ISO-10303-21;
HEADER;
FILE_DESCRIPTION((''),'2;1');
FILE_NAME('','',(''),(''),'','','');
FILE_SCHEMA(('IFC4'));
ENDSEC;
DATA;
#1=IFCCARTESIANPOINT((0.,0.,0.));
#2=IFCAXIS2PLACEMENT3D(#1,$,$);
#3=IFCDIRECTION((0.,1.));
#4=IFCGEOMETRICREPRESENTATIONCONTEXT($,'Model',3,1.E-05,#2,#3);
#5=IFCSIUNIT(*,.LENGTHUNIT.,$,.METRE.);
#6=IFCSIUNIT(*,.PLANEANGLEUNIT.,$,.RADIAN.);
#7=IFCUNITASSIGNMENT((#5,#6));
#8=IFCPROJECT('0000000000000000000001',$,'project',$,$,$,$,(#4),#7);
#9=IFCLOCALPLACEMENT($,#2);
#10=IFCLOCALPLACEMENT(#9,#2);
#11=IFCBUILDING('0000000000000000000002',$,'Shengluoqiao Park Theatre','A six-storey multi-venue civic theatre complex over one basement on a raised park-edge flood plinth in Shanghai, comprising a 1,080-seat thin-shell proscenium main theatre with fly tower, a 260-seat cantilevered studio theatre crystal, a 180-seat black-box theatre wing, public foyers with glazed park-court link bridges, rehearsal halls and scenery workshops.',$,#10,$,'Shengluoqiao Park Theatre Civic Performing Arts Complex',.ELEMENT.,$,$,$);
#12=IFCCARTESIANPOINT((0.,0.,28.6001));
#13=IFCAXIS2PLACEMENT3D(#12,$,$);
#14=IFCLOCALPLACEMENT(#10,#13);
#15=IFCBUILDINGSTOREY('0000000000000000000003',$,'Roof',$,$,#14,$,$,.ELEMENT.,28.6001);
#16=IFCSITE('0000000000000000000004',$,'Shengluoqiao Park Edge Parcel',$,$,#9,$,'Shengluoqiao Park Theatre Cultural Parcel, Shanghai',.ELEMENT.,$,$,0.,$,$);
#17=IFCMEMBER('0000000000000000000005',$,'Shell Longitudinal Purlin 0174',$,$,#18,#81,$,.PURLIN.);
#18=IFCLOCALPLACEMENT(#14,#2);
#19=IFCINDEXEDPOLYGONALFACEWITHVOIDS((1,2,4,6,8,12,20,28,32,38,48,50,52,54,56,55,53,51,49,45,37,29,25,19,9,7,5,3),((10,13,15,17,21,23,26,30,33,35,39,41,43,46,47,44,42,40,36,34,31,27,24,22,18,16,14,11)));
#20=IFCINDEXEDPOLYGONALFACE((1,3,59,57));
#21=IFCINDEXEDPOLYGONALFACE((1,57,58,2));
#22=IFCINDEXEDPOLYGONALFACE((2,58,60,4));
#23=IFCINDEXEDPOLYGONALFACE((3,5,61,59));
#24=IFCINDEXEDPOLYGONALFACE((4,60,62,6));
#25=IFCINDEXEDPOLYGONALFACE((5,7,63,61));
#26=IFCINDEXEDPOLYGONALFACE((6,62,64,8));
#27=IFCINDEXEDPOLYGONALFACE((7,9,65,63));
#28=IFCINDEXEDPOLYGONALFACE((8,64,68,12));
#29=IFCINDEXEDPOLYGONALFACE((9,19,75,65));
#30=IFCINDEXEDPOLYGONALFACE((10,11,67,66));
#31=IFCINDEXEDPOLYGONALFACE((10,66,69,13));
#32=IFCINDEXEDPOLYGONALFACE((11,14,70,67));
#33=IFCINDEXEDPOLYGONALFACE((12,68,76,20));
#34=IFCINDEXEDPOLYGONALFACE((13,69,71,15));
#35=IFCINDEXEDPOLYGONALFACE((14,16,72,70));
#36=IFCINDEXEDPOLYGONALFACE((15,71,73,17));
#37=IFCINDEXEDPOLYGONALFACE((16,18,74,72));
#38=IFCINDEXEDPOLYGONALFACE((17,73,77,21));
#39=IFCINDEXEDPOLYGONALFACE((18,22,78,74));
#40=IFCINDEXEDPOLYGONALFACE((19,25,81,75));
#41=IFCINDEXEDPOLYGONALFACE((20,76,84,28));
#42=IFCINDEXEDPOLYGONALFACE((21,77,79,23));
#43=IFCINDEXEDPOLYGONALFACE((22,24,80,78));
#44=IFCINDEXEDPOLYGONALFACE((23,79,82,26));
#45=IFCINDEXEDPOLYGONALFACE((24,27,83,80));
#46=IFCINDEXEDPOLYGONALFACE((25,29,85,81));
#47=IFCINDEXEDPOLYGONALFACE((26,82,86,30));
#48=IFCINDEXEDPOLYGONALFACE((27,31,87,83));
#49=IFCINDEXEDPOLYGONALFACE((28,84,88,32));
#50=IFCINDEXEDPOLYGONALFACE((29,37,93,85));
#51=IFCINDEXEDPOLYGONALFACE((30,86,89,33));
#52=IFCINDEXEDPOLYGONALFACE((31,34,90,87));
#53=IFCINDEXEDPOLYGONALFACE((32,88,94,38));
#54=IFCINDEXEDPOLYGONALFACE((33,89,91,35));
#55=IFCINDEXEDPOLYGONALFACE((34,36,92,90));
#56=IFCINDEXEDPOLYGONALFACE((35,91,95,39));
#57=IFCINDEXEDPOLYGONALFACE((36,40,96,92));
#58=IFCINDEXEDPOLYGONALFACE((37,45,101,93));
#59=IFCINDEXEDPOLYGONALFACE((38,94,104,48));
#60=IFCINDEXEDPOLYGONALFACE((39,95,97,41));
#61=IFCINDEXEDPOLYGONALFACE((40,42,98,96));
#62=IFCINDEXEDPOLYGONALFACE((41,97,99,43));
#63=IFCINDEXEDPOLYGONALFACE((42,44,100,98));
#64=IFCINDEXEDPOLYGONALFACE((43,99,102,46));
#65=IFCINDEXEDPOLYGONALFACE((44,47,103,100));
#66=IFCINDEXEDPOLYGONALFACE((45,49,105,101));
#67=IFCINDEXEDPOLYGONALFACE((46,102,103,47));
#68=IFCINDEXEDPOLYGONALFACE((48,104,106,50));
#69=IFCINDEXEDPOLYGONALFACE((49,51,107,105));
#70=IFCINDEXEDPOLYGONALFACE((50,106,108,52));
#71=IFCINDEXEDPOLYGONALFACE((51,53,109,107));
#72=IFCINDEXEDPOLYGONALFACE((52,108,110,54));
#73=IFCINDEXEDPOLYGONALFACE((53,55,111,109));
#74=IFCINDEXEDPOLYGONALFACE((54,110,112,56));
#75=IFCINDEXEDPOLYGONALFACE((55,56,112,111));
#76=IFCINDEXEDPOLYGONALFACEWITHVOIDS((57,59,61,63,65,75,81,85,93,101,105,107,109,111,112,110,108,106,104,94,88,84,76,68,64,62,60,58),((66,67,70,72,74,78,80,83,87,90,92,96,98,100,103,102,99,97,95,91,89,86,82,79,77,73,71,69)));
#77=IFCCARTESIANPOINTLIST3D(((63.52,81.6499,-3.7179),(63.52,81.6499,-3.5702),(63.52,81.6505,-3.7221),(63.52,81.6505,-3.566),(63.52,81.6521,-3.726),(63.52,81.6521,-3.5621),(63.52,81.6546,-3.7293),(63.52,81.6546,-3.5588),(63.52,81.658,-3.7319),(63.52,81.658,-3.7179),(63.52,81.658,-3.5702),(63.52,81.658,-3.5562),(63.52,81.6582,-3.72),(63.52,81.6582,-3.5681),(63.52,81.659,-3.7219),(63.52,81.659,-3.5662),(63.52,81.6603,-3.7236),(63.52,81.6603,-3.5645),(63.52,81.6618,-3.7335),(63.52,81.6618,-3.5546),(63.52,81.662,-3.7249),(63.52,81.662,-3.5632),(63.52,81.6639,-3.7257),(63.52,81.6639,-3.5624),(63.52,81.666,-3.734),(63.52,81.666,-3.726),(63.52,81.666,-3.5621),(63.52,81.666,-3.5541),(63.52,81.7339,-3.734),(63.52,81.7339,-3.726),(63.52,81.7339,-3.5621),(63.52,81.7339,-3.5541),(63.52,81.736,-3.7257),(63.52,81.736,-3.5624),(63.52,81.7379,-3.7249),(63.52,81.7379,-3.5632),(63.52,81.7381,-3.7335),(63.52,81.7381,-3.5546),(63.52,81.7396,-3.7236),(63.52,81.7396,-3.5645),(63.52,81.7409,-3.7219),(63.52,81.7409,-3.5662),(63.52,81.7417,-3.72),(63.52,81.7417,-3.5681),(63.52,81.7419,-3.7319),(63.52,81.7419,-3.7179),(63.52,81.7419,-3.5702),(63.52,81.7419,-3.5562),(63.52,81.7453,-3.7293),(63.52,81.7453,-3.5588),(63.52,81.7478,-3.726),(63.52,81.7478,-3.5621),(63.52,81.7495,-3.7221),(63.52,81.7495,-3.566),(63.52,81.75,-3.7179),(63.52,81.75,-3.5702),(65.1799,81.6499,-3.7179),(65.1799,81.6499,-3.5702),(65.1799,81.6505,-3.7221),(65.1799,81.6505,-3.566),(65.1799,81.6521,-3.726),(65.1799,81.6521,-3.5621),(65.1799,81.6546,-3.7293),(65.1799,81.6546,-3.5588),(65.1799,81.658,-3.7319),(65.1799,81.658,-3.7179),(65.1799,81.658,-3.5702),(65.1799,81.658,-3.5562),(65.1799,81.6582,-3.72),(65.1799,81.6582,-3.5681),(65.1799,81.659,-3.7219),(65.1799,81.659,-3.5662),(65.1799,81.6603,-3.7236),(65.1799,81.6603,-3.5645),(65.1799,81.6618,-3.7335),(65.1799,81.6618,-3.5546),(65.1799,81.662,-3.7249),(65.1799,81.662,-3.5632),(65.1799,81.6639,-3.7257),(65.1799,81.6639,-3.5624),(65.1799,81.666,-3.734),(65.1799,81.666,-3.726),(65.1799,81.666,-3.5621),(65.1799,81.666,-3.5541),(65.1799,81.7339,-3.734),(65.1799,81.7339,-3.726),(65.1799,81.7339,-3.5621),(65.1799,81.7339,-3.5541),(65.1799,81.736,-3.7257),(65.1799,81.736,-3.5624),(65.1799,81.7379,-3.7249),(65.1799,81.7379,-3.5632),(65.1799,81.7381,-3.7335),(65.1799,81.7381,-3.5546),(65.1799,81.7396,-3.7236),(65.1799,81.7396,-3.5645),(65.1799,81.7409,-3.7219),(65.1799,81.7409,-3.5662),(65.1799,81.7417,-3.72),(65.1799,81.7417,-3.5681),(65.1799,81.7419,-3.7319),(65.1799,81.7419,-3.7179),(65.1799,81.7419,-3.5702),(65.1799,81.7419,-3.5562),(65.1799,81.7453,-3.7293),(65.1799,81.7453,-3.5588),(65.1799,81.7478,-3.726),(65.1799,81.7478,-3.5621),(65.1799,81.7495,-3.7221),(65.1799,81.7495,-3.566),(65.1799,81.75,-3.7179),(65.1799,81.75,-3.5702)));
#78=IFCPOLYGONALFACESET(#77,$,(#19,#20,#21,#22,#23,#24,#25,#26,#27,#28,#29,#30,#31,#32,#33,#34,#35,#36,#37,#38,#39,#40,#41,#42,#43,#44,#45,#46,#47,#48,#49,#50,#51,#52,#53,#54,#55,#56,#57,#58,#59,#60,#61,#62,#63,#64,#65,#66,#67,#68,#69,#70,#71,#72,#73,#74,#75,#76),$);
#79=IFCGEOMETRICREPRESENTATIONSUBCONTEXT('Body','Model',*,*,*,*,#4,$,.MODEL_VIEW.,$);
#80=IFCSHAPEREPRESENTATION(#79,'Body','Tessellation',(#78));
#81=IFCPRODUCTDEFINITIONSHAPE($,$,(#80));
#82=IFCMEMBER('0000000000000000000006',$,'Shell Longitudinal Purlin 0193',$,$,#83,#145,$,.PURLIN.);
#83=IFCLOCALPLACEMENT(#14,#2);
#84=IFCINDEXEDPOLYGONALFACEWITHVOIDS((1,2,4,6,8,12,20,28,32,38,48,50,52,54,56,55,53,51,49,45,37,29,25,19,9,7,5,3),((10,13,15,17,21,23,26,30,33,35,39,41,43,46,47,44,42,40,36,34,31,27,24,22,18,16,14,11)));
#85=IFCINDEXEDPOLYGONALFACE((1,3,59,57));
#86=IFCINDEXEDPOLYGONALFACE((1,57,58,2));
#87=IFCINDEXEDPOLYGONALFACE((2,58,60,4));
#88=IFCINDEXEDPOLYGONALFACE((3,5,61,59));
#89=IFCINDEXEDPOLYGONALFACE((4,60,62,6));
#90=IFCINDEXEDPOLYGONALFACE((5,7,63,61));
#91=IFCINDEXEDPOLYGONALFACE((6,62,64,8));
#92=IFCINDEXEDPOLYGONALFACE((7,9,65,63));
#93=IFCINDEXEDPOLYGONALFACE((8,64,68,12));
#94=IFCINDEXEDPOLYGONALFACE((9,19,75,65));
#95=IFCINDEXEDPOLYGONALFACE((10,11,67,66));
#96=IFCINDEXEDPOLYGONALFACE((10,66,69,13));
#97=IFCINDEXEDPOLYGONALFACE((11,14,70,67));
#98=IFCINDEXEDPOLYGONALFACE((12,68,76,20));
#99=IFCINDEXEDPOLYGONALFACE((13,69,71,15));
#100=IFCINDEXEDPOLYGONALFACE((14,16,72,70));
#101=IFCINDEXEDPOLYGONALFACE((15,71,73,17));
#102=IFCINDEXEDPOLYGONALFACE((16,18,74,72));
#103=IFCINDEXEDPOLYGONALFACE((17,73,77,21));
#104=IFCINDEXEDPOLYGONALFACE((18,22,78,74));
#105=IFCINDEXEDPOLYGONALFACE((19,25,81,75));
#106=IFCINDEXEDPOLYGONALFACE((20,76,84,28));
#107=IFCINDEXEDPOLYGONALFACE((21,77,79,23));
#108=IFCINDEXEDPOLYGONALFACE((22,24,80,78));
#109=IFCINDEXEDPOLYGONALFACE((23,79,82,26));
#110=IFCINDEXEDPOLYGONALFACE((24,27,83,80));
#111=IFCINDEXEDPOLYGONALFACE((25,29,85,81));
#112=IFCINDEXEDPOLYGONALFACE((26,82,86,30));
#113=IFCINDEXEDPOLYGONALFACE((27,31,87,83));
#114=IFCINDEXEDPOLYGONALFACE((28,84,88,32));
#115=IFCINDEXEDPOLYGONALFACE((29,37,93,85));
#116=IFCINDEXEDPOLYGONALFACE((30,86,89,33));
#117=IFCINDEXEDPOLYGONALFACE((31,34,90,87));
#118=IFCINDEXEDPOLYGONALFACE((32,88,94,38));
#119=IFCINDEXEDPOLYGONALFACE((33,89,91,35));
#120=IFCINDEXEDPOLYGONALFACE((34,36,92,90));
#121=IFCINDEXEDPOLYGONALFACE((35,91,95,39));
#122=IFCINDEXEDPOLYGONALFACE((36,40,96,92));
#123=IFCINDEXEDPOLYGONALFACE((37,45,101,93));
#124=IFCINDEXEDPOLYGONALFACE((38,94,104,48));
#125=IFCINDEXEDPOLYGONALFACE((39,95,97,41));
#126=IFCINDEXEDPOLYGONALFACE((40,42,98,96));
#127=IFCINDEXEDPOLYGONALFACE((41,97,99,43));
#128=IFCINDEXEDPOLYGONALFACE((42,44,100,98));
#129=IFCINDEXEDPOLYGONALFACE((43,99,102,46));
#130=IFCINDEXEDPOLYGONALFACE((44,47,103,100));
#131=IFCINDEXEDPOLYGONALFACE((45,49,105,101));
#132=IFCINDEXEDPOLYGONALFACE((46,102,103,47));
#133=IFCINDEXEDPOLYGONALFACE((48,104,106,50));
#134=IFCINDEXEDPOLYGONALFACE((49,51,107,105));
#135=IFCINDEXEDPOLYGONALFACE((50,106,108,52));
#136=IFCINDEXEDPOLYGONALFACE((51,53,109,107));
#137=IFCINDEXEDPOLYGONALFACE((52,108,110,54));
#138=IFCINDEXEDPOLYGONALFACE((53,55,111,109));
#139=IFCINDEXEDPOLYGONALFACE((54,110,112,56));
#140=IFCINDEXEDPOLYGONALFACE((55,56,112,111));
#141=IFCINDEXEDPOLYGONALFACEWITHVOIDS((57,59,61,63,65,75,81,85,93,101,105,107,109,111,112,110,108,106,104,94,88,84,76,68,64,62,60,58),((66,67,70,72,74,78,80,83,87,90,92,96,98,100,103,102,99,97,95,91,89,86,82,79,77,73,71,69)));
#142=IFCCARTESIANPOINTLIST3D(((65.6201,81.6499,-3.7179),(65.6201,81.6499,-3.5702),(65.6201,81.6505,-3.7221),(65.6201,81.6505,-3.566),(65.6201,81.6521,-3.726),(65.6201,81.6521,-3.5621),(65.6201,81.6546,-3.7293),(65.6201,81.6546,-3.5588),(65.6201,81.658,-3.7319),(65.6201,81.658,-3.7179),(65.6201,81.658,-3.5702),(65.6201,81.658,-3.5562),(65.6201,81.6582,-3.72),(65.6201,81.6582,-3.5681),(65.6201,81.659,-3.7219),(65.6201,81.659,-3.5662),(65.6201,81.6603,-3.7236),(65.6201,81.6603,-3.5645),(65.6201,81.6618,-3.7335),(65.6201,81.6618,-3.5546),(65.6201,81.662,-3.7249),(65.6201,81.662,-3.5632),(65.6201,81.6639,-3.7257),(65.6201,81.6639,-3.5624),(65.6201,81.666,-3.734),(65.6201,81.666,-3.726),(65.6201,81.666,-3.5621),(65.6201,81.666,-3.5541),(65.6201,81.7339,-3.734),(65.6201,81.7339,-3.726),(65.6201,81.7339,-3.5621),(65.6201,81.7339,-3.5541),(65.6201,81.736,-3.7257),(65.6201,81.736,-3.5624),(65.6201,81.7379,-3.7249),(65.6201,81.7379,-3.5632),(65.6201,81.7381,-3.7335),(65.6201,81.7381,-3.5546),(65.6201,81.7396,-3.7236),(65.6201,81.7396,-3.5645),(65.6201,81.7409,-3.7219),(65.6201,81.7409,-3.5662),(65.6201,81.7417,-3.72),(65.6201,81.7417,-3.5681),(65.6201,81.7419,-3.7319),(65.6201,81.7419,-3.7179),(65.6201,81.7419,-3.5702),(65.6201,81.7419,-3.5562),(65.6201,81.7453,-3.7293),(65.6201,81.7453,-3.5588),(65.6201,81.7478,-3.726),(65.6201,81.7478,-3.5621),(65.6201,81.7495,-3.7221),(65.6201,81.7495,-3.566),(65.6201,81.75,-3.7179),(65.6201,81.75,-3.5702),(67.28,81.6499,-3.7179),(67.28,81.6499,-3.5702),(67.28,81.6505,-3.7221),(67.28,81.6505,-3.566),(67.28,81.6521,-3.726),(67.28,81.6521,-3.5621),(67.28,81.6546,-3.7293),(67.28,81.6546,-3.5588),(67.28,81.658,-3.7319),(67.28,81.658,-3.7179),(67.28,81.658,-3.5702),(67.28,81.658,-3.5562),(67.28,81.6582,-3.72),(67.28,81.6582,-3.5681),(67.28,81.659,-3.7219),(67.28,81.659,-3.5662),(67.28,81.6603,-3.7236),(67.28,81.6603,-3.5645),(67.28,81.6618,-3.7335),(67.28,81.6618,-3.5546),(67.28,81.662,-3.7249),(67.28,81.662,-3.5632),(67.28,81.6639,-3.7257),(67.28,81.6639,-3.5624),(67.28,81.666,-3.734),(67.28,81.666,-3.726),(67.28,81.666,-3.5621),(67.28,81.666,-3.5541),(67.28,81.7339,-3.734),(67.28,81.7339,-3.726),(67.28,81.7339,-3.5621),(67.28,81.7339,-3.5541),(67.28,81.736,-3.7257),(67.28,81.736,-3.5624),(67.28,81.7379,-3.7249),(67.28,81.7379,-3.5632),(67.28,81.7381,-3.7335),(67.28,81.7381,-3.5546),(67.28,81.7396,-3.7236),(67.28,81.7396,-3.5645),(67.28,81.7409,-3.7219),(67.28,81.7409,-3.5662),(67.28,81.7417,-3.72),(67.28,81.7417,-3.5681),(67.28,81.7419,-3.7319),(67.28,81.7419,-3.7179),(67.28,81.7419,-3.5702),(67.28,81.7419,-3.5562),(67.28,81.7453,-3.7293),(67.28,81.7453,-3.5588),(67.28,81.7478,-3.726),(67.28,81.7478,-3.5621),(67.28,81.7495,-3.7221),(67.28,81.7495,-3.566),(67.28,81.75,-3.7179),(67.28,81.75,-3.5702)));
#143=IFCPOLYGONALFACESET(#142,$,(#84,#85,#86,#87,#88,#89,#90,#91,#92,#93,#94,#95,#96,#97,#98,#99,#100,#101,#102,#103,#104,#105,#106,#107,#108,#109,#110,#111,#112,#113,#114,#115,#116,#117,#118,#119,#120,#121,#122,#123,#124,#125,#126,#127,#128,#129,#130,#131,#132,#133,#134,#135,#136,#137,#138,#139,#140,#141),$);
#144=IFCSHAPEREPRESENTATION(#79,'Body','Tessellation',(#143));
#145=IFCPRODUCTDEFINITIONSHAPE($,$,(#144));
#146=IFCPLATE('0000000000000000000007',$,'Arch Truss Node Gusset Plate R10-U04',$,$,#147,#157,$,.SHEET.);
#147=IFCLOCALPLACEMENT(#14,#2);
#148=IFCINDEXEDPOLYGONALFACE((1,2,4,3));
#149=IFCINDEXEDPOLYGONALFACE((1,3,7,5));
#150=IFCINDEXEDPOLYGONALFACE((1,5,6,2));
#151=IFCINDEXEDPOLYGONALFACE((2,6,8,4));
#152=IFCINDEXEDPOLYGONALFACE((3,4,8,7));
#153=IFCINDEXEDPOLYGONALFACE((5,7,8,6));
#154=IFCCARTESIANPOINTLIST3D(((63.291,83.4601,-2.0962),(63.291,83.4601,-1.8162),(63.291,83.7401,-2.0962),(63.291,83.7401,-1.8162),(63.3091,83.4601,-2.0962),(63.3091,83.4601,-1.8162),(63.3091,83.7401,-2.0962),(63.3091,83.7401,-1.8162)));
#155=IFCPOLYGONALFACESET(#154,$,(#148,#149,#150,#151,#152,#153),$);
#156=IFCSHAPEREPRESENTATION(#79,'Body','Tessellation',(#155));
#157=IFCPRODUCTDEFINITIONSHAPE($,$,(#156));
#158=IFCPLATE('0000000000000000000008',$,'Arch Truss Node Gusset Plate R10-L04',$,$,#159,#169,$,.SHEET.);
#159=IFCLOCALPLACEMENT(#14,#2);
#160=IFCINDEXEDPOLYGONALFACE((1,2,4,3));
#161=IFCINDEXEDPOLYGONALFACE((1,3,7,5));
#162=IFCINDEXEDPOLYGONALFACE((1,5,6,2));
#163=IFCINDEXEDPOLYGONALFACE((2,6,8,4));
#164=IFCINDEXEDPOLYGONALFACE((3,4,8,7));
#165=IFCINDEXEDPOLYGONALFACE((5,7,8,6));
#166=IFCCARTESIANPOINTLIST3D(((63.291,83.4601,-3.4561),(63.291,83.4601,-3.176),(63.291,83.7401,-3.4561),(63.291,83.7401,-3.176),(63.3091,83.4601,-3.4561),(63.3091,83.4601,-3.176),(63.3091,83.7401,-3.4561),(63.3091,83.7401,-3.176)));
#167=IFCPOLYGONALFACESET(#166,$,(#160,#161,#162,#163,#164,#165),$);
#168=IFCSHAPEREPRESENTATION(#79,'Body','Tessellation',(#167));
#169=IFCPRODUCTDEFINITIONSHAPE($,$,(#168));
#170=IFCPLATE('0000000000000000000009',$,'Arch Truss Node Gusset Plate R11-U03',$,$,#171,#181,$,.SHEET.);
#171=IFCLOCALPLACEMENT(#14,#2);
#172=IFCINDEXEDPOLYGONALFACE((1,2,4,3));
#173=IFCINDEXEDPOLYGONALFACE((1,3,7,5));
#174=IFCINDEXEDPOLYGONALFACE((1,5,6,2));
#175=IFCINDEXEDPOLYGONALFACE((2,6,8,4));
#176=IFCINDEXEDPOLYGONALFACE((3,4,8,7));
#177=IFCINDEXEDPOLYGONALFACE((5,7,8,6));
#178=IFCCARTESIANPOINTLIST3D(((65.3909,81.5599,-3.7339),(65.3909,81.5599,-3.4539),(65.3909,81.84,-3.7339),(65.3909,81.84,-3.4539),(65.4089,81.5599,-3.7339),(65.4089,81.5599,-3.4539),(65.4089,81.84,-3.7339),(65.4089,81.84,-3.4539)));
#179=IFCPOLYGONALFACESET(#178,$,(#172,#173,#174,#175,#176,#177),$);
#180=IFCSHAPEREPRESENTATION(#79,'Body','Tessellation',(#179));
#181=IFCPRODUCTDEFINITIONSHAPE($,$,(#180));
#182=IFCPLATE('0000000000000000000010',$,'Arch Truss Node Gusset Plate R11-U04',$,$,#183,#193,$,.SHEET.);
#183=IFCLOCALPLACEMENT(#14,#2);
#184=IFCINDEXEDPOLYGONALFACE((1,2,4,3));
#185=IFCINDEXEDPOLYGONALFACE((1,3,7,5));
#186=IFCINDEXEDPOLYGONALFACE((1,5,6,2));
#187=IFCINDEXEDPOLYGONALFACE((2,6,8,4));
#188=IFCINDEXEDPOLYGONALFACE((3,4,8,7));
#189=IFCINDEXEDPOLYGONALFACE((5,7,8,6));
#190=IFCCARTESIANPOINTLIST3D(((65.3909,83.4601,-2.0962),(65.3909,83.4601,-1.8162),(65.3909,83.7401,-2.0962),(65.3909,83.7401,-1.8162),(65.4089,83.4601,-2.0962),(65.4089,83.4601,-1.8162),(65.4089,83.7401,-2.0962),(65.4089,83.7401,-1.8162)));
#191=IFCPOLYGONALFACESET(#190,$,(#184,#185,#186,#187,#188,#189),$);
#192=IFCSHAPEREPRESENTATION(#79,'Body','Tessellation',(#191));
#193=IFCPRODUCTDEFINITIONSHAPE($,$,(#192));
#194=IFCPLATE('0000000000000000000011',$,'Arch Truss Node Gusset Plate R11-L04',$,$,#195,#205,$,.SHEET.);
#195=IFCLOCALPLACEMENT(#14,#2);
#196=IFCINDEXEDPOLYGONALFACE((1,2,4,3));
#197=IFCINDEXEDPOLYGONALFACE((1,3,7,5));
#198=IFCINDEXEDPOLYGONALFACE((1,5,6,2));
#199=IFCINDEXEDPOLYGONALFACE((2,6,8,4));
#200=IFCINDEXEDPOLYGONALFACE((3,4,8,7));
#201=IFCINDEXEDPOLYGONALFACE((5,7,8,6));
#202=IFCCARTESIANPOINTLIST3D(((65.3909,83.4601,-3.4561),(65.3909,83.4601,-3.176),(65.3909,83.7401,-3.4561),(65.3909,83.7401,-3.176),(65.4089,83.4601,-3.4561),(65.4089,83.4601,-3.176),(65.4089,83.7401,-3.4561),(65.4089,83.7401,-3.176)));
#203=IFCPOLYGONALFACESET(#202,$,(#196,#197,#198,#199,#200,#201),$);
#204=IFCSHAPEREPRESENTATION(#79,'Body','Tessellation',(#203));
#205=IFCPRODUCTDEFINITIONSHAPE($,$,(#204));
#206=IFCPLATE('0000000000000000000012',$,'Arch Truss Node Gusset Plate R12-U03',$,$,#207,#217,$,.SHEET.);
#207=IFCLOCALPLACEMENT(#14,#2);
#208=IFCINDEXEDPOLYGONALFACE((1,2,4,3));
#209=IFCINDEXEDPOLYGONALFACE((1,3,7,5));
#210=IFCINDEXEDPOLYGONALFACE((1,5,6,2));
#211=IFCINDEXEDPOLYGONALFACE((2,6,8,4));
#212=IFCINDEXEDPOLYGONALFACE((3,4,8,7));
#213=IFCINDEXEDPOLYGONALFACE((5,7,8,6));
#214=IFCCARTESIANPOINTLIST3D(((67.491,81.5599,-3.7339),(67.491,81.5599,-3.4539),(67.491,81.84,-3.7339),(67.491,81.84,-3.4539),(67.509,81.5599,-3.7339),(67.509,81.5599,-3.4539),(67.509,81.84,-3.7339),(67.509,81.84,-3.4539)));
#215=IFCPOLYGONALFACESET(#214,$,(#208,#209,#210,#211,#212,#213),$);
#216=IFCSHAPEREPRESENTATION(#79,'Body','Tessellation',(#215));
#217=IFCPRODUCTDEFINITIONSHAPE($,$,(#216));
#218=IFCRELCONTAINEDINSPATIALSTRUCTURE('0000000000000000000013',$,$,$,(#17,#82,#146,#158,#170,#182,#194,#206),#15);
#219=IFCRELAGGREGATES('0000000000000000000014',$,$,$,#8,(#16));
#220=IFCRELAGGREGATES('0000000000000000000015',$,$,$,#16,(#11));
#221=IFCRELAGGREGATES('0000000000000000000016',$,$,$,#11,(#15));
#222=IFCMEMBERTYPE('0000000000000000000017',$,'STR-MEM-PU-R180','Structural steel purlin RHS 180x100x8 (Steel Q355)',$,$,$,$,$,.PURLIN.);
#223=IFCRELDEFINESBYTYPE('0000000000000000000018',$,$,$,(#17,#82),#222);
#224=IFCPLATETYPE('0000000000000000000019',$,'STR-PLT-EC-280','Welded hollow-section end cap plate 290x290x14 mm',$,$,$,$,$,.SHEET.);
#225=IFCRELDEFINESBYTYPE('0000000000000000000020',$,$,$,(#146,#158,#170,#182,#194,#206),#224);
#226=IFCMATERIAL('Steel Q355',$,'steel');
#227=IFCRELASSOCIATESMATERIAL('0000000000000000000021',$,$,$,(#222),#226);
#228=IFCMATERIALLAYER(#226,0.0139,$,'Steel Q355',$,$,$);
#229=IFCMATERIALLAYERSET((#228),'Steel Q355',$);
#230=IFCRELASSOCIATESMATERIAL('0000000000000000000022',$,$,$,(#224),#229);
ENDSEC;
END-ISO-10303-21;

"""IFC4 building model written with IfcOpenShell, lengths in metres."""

from ifc_helpers import new_model, si_unit, direction, frame, origin, origin_2d, place, context, subcontext, project, spatial, rectangle, hollow_rectangle, extrude, material, layer, layer_set, material_profile, profile_set, type_object, element, save


model = new_model("IFC4")

# Units and contexts
model_context = context("Model", 3, precision=1e-05, world=origin(), true_north=direction((0.0, 1.0)))
body_context = subcontext(model_context, "Body", "Model", "MODEL_VIEW")
ifc_project = project(units=[si_unit("LENGTHUNIT", "METRE"), si_unit("PLANEANGLEUNIT", "RADIAN")], contexts=[model_context])

# Site, building, storey
site_placement = place(None, origin())
site = spatial("IfcSite", under=ifc_project, at=site_placement, Name="Shengluoqiao Park Edge Parcel", LongName="Shengluoqiao Park Theatre Cultural Parcel, Shanghai", CompositionType="ELEMENT", RefElevation=0.0)
building_placement = place(site_placement, origin())
building = spatial("IfcBuilding", under=site, at=building_placement, Name="Shengluoqiao Park Theatre", Description="A six-storey multi-venue civic theatre complex over one basement on a raised park-edge flood plinth in Shanghai, comprising a 1,080-seat thin-shell proscenium main theatre with fly tower, a 260-seat cantilevered studio theatre crystal, a 180-seat black-box theatre wing, public foyers with glazed park-court link bridges, rehearsal halls and scenery workshops.", LongName="Shengluoqiao Park Theatre Civic Performing Arts Complex", CompositionType="ELEMENT")
storey_placement = place(building_placement, frame((0.0, 0.0, 28.6001)))
storey = spatial("IfcBuildingStorey", under=building, at=storey_placement, Name="Roof", CompositionType="ELEMENT", Elevation=28.6001)

# Shared definitions
ifc_material_1 = material(Name="Steel Q355", Category="steel")

# Members
ifc_material_profile_1 = material_profile(ifc_material_1, hollow_rectangle(XDim=0.1001, YDim=0.1799, WallThickness=0.0081, InnerFilletRadius=0.0081, OuterFilletRadius=0.0161, at=origin_2d()), Name="RHS 180x100x8")
ifc_profile_set_1 = profile_set([ifc_material_profile_1], Name="Steel Q355")
member_type_1 = type_object("IfcMemberType", Name="STR-MEM-PU-R180", Description="Structural steel purlin RHS 180x100x8 (Steel Q355)", PredefinedType="PURLIN", material=ifc_profile_set_1)
for number, where, z_axis, x_axis, name in (
    (1, (63.52, 81.7, -3.644), (1.0, 0.0, 0.0), (0.0, 1.0, 0.0), "Shell Longitudinal Purlin 0174"),
    (2, (65.6201, 81.7, -3.644), (1.0, 0.0, 0.0), (0.0, 1.0, 0.0), "Shell Longitudinal Purlin 0193"),
):
    element("IfcMember", number, at=place(storey_placement, frame(where, z_axis=z_axis, x_axis=x_axis)), inside=storey, type_object=member_type_1, Name=name, PredefinedType="PURLIN", context=body_context, shape_type="SweptSolid", body=[
        extrude(hollow_rectangle(XDim=0.1001, YDim=0.1799, WallThickness=0.0081, InnerFilletRadius=0.0081, OuterFilletRadius=0.0161, at=origin_2d()), origin(), (0.0, 0.0, 1.0), 1.6599),
    ])

# Plates
ifc_layer_1 = layer(ifc_material_1, 0.0139, Name="Steel Q355")
ifc_layer_set_1 = layer_set([ifc_layer_1], Name="Steel Q355")
plate_type_1 = type_object("IfcPlateType", Name="STR-PLT-EC-280", Description="Welded hollow-section end cap plate 290x290x14 mm", PredefinedType="SHEET", material=ifc_layer_set_1)
for number, where, z_axis, x_axis, name in (
    (3, (63.3, 83.6001, -2.0962), (0.0, 0.0, 1.0), (1.0, 0.0, 0.0), "Arch Truss Node Gusset Plate R10-U04"),
    (4, (63.3, 83.6001, -3.4561), (0.0, 0.0, 1.0), (1.0, 0.0, 0.0), "Arch Truss Node Gusset Plate R10-L04"),
    (5, (65.3999, 81.7, -3.7339), (0.0, 0.0, 1.0), (1.0, 0.0, 0.0), "Arch Truss Node Gusset Plate R11-U03"),
    (6, (65.3999, 83.6001, -2.0962), (0.0, 0.0, 1.0), (1.0, 0.0, 0.0), "Arch Truss Node Gusset Plate R11-U04"),
    (7, (65.3999, 83.6001, -3.4561), (0.0, 0.0, 1.0), (1.0, 0.0, 0.0), "Arch Truss Node Gusset Plate R11-L04"),
    (8, (67.5, 81.7, -3.7339), (0.0, 0.0, 1.0), (1.0, 0.0, 0.0), "Arch Truss Node Gusset Plate R12-U03"),
):
    element("IfcPlate", number, at=place(storey_placement, frame(where, z_axis=z_axis, x_axis=x_axis)), inside=storey, type_object=plate_type_1, Name=name, PredefinedType="SHEET", context=body_context, shape_type="SweptSolid", body=[
        extrude(rectangle(XDim=0.0181, YDim=0.28, at=origin_2d()), origin(), (0.0, 0.0, 1.0), 0.28),
    ])

save(model, "model.ifc")
